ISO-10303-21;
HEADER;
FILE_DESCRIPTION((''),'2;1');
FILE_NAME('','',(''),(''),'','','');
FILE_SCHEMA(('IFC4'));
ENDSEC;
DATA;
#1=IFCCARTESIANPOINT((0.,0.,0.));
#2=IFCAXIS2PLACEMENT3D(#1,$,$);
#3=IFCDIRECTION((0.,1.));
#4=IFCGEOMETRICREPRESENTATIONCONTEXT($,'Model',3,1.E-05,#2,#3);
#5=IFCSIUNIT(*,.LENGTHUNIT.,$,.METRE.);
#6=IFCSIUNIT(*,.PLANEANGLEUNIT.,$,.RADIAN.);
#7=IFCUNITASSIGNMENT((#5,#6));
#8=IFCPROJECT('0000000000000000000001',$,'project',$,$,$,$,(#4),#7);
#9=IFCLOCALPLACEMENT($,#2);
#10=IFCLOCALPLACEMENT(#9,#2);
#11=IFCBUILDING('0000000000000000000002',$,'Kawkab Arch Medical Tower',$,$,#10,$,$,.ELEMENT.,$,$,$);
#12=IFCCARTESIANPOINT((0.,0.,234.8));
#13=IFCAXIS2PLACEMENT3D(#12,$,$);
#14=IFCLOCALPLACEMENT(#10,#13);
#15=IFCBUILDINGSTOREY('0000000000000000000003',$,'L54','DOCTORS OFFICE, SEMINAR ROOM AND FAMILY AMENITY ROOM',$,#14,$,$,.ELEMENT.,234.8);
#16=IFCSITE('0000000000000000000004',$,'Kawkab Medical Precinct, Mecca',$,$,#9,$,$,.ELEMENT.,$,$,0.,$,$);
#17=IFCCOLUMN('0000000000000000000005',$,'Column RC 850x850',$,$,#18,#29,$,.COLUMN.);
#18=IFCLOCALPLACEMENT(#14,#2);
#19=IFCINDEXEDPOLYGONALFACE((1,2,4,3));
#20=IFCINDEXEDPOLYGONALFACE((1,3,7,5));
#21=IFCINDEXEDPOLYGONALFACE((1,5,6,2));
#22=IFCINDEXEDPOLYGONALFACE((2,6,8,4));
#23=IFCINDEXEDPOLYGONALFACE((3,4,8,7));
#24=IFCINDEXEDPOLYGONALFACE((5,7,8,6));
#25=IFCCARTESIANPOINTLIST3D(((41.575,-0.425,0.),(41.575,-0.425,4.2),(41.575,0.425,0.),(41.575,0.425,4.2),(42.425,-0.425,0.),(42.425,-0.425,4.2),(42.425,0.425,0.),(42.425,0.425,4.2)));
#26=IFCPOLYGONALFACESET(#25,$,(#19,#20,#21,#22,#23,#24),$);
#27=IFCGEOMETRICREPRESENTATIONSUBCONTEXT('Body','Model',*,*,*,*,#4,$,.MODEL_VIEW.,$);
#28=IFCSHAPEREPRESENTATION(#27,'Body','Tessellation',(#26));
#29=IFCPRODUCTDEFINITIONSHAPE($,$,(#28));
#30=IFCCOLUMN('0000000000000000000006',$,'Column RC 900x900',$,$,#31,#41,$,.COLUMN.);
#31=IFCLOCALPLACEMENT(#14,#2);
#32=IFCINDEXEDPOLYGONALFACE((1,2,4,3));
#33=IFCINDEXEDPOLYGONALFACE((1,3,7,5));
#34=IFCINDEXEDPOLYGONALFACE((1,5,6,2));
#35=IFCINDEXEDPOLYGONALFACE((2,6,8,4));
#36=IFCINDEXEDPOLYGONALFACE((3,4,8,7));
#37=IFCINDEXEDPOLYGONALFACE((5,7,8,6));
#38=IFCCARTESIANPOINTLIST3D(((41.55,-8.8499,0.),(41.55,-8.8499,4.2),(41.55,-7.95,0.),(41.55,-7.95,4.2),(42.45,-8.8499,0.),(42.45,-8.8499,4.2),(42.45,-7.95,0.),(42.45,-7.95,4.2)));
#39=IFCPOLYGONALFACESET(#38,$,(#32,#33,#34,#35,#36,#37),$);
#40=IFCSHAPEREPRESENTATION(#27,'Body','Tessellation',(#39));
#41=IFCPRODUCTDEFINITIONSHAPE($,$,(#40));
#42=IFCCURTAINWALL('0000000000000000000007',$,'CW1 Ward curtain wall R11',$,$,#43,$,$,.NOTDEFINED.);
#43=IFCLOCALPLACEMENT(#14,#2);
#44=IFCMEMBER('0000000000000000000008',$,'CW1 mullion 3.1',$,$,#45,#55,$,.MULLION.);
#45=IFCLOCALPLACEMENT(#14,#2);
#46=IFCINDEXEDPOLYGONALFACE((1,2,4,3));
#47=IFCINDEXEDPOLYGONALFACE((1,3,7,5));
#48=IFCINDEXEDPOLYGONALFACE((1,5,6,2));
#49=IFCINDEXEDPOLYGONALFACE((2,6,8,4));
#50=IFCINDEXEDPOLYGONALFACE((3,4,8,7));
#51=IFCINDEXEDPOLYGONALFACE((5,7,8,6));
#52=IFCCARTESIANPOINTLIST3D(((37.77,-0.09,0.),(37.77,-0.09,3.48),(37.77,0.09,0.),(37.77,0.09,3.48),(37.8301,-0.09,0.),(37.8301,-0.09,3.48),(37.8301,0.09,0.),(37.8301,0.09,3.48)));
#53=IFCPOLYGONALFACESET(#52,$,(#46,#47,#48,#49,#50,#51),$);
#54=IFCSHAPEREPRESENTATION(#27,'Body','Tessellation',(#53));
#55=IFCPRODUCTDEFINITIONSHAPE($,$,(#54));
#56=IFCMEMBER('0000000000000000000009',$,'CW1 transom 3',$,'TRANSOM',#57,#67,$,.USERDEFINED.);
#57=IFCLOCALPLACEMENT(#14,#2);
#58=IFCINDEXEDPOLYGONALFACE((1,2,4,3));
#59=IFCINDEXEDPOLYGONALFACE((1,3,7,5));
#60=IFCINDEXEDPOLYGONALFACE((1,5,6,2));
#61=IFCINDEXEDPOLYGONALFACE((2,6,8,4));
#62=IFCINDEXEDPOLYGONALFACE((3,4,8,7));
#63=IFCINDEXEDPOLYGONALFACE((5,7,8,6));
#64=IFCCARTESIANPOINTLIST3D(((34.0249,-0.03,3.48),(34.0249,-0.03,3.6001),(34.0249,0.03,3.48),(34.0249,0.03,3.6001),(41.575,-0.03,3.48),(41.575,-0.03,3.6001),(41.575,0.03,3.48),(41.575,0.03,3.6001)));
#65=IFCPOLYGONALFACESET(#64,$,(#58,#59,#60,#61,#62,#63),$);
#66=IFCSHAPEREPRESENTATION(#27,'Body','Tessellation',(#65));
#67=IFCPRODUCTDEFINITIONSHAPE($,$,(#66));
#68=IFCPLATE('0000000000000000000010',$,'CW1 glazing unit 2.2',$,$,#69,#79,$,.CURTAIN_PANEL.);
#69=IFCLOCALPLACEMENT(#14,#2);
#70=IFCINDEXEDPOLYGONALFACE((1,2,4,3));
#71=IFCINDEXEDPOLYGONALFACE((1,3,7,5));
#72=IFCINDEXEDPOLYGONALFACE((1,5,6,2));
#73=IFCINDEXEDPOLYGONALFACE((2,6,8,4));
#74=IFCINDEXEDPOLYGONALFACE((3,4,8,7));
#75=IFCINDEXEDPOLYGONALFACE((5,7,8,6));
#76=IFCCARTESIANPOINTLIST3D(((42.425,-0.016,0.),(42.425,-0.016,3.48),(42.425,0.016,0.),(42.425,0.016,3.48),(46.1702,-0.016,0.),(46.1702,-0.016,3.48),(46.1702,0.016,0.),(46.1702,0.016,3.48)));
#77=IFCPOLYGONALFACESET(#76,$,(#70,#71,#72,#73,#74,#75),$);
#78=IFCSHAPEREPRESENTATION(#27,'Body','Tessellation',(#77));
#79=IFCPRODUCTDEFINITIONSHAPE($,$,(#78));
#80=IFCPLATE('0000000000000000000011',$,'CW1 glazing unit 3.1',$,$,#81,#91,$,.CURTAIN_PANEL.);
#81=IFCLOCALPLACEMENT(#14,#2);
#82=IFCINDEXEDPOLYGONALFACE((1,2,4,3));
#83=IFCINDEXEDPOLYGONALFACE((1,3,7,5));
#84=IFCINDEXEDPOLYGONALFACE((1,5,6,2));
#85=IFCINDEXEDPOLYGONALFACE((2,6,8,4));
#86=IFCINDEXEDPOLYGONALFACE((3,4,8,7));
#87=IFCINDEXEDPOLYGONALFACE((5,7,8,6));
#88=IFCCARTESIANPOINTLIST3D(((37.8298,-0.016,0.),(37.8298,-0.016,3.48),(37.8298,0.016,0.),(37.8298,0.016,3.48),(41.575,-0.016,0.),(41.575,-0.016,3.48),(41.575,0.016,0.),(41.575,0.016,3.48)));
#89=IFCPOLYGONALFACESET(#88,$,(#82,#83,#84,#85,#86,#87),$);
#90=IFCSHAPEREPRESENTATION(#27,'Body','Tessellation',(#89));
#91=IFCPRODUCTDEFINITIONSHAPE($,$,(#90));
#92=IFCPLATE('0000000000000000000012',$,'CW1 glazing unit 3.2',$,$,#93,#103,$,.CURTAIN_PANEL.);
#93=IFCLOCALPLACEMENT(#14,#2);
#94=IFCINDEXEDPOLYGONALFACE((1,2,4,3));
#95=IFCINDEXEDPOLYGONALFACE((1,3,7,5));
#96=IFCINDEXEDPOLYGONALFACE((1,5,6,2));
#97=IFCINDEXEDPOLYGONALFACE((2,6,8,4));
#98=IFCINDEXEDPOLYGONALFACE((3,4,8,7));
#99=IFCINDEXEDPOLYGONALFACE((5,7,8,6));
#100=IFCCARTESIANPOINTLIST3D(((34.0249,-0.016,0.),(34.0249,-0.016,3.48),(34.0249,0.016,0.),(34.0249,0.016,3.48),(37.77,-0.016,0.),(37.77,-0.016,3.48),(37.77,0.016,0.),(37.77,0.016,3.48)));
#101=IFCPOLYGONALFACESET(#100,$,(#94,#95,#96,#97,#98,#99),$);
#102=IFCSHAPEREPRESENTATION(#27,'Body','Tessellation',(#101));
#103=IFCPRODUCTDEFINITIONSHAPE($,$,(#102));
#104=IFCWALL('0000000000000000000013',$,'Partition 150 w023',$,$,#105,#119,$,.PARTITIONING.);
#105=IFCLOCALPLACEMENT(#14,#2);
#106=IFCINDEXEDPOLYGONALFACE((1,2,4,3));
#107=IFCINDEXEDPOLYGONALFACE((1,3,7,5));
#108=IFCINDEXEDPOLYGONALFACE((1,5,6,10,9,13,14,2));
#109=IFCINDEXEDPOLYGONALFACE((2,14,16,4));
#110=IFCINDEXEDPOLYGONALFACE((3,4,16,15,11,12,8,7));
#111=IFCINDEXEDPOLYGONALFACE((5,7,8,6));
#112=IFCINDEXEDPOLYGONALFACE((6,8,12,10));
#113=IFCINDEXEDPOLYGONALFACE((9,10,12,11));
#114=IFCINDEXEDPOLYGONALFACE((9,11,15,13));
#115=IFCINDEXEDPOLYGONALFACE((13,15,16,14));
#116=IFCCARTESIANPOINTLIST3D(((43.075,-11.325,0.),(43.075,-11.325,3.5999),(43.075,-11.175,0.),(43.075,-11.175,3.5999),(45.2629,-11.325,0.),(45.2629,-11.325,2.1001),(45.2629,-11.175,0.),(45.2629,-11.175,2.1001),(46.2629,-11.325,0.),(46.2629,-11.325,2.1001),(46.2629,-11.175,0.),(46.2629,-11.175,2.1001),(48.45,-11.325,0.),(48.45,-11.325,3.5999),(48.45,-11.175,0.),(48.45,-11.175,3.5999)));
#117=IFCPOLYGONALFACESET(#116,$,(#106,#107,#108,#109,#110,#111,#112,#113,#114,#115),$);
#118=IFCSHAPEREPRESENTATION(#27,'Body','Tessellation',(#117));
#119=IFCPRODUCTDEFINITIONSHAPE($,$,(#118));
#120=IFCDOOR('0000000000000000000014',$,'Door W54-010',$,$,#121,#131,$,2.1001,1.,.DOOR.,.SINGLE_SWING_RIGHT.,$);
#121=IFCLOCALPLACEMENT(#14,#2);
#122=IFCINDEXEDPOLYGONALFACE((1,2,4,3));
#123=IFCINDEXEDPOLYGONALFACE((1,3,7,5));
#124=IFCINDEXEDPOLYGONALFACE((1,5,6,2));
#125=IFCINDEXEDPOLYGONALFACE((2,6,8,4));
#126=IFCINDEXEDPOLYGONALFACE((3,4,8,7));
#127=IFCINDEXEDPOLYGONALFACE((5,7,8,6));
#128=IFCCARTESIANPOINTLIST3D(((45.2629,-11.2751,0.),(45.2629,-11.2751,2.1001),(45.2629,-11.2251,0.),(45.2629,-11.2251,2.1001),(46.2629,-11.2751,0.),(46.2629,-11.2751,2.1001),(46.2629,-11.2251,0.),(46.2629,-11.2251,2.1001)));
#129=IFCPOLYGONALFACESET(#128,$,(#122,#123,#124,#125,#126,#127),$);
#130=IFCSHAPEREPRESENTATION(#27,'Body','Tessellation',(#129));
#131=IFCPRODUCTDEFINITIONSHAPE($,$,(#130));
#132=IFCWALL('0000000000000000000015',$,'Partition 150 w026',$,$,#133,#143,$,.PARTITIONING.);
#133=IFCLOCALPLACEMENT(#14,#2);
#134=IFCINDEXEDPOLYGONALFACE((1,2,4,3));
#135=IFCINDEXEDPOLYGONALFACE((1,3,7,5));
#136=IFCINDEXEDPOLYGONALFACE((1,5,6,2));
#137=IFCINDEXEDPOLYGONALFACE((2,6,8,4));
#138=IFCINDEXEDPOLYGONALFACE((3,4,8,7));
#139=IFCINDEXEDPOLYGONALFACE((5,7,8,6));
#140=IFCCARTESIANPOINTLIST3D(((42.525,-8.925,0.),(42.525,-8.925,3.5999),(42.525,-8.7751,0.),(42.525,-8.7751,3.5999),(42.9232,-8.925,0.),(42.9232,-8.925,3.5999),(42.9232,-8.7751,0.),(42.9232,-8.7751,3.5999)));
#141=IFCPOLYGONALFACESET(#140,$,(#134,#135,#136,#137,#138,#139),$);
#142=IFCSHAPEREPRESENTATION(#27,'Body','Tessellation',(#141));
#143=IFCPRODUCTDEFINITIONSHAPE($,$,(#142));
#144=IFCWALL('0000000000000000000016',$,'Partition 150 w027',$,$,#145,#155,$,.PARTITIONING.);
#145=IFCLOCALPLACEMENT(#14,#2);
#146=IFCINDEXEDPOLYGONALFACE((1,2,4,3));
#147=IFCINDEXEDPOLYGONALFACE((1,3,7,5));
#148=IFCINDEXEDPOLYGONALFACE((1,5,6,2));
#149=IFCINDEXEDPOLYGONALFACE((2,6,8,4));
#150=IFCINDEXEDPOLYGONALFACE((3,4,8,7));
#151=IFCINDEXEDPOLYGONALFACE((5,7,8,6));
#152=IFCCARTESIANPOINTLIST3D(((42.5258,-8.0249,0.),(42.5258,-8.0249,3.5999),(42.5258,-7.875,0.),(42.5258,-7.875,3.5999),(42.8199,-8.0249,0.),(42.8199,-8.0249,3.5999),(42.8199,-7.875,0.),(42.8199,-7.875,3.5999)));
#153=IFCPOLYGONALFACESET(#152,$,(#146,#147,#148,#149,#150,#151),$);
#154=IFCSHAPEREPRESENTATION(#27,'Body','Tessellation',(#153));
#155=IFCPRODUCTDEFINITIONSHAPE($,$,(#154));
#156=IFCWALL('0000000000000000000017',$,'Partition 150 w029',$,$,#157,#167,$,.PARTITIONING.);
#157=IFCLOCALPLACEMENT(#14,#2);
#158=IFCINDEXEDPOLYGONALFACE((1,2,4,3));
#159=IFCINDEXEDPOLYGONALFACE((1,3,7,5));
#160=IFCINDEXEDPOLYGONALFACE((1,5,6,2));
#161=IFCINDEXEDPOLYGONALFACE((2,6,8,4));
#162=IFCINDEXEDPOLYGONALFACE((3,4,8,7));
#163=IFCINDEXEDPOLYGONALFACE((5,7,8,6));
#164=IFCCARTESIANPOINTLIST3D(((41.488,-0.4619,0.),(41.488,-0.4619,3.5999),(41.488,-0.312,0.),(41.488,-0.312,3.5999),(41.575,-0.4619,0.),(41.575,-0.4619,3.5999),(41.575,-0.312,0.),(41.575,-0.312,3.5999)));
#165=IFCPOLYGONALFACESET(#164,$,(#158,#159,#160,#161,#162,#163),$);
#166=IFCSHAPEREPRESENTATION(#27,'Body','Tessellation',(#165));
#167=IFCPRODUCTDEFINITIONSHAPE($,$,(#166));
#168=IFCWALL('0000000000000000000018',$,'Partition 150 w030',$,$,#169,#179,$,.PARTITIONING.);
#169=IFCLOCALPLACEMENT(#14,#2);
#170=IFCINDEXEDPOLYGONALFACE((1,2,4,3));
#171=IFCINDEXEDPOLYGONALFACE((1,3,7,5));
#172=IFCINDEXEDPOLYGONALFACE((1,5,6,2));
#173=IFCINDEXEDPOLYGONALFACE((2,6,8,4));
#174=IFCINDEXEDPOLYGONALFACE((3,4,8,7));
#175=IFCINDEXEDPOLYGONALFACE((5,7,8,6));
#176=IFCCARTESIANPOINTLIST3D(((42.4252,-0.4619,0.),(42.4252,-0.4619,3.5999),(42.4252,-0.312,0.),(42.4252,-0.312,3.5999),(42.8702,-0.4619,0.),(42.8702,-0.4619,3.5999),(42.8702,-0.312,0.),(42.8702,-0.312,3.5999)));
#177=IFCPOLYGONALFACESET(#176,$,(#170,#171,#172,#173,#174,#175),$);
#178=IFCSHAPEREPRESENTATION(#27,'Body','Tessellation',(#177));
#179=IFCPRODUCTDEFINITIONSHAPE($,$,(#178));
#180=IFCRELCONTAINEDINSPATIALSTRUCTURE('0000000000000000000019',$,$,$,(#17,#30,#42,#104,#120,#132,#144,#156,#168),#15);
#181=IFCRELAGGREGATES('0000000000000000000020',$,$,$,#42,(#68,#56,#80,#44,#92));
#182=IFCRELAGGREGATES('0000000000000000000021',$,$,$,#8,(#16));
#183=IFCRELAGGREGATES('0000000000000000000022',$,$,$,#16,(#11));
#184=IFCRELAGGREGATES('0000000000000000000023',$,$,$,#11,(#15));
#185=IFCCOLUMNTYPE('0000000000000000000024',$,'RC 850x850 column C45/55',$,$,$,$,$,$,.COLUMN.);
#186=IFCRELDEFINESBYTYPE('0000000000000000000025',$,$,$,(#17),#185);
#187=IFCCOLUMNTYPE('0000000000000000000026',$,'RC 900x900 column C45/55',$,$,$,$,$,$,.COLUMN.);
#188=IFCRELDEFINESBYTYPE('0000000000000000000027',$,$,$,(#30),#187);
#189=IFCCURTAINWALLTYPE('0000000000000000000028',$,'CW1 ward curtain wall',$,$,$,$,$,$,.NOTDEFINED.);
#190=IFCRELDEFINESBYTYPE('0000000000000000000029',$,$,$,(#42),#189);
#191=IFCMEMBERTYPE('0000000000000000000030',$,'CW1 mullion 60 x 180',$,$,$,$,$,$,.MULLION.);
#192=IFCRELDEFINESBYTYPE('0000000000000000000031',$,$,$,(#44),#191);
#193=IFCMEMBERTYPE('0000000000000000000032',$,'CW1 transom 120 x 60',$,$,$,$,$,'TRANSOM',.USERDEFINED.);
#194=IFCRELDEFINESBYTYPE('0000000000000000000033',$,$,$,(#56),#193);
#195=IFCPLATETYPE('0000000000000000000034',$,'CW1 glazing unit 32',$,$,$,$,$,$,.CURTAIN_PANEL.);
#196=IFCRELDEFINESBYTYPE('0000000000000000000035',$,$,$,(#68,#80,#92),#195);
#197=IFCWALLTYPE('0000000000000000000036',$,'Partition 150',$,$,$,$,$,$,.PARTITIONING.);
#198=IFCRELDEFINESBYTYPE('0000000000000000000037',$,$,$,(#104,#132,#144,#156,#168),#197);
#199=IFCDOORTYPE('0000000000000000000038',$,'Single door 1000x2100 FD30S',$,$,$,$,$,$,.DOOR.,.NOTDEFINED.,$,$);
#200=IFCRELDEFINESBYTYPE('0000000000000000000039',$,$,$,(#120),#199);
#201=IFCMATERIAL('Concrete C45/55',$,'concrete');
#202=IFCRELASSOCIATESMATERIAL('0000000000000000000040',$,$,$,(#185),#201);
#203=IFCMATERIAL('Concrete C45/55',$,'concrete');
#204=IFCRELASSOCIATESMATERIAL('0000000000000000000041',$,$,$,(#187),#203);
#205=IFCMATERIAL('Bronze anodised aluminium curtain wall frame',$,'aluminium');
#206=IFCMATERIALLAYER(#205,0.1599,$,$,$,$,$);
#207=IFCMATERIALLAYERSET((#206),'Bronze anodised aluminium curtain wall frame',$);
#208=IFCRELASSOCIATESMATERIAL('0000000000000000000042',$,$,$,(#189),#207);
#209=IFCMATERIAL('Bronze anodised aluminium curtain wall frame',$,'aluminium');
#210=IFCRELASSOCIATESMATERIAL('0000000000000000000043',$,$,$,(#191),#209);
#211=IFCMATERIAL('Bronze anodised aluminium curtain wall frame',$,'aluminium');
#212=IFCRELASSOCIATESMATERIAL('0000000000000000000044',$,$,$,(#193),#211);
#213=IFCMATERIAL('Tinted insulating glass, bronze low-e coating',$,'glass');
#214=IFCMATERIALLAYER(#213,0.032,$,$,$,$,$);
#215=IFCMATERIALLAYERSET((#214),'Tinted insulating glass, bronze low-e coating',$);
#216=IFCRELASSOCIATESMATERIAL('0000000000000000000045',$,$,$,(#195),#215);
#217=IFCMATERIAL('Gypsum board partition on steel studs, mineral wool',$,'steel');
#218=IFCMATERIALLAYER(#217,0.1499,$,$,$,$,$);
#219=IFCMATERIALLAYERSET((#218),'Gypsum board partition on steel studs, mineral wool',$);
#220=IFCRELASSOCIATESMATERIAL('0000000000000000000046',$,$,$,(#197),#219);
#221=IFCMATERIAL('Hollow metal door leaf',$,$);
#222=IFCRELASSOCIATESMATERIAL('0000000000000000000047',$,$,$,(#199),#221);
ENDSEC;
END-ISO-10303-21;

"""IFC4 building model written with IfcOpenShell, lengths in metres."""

from ifc_helpers import new_model, si_unit, direction, frame, frame_2d, origin, origin_2d, place, context, subcontext, project, spatial, rectangle, extrude, material, layer, layer_set, material_profile, profile_set, type_object, element, fill, aggregate, save


model = new_model("IFC4")

# Units and contexts
model_context = context("Model", 3, precision=1e-05, world=origin(), true_north=direction((0.0, 1.0)))
body_context = subcontext(model_context, "Body", "Model", "MODEL_VIEW")
ifc_project = project(units=[si_unit("LENGTHUNIT", "METRE"), si_unit("PLANEANGLEUNIT", "RADIAN")], contexts=[model_context])

# Site, building, storey
site_placement = place(None, origin())
site = spatial("IfcSite", under=ifc_project, at=site_placement, Name="Kawkab Medical Precinct, Mecca", CompositionType="ELEMENT", RefElevation=0.0)
building_placement = place(site_placement, origin())
building = spatial("IfcBuilding", under=site, at=building_placement, Name="Kawkab Arch Medical Tower", CompositionType="ELEMENT")
storey_placement = place(building_placement, frame((0.0, 0.0, 234.8)))
storey = spatial("IfcBuildingStorey", under=building, at=storey_placement, Name="L54", Description="DOCTORS OFFICE, SEMINAR ROOM AND FAMILY AMENITY ROOM", CompositionType="ELEMENT", Elevation=234.8)

# Columns
ifc_material_1 = material(Name="Concrete C45/55", Category="concrete")
ifc_material_profile_1 = material_profile(ifc_material_1, rectangle(XDim=0.8501, YDim=0.8501, at=origin_2d()), Name="RC 850x850")
ifc_profile_set_1 = profile_set([ifc_material_profile_1], Name="Concrete C45/55")
column_type_1 = type_object("IfcColumnType", Name="RC 850x850 column C45/55", PredefinedType="COLUMN", material=ifc_profile_set_1)
column_1_placement = place(storey_placement, frame((42.0, 0.0, 0.0), z_axis=(0.0, 0.0, 1.0), x_axis=(1.0, 0.0, 0.0)))
element("IfcColumn", 1, at=column_1_placement, inside=storey, type_object=column_type_1, Name="Column RC 850x850", PredefinedType="COLUMN", context=body_context, shape_type="SweptSolid", body=[
    extrude(rectangle(XDim=0.8501, YDim=0.8501, at=origin_2d()), origin(), (0.0, 0.0, 1.0), 4.2),
])
ifc_material_2 = material(Name="Concrete C45/55", Category="concrete")
ifc_material_profile_2 = material_profile(ifc_material_2, rectangle(XDim=0.8999, YDim=0.8999, at=origin_2d()), Name="RC 900x900")
ifc_profile_set_2 = profile_set([ifc_material_profile_2], Name="Concrete C45/55")
column_type_2 = type_object("IfcColumnType", Name="RC 900x900 column C45/55", PredefinedType="COLUMN", material=ifc_profile_set_2)
column_2_placement = place(storey_placement, frame((42.0, -8.3999, 0.0), z_axis=(0.0, 0.0, 1.0), x_axis=(1.0, 0.0, 0.0)))
element("IfcColumn", 2, at=column_2_placement, inside=storey, type_object=column_type_2, Name="Column RC 900x900", PredefinedType="COLUMN", context=body_context, shape_type="SweptSolid", body=[
    extrude(rectangle(XDim=0.8999, YDim=0.8999, at=origin_2d()), origin(), (0.0, 0.0, 1.0), 4.2),
])

# Curtain wall, members, plates
ifc_material_3 = material(Name="Bronze anodised aluminium curtain wall frame", Category="aluminium")
ifc_layer_1 = layer(ifc_material_3, 0.1599)
ifc_layer_set_1 = layer_set([ifc_layer_1], Name="Bronze anodised aluminium curtain wall frame")
curtain_wall_type = type_object("IfcCurtainWallType", Name="CW1 ward curtain wall", PredefinedType="NOTDEFINED", material=ifc_layer_set_1)
placement = place(storey_placement, origin())
curtain_wall = element("IfcCurtainWall", 3, at=placement, inside=storey, type_object=curtain_wall_type, Name="CW1 Ward curtain wall R11", PredefinedType="NOTDEFINED")
ifc_material_4 = material(Name="Bronze anodised aluminium curtain wall frame", Category="aluminium")
ifc_material_profile_3 = material_profile(ifc_material_4, rectangle(XDim=0.1799, YDim=0.0601, at=origin_2d()), Name="AL 60x180")
ifc_profile_set_3 = profile_set([ifc_material_profile_3], Name="Bronze anodised aluminium curtain wall frame")
member_type_1 = type_object("IfcMemberType", Name="CW1 mullion 60 x 180", PredefinedType="MULLION", material=ifc_profile_set_3)
member_1_placement = place(storey_placement, frame((37.8, 0.0, 0.0), z_axis=(0.0, 0.0, 1.0), x_axis=(0.0, -1.0, 0.0)))
member_1 = element("IfcMember", 4, at=member_1_placement, type_object=member_type_1, Name="CW1 mullion 3.1", PredefinedType="MULLION", context=body_context, shape_type="SweptSolid", body=[
    extrude(rectangle(XDim=0.1799, YDim=0.0601, at=origin_2d()), origin(), (0.0, 0.0, 1.0), 3.48),
])
ifc_material_5 = material(Name="Bronze anodised aluminium curtain wall frame", Category="aluminium")
ifc_material_profile_4 = material_profile(ifc_material_5, rectangle(XDim=0.0601, YDim=0.1201, at=origin_2d()), Name="AL 60x120")
ifc_profile_set_4 = profile_set([ifc_material_profile_4], Name="Bronze anodised aluminium curtain wall frame")
member_type_2 = type_object("IfcMemberType", Name="CW1 transom 120 x 60", ElementType="TRANSOM", PredefinedType="USERDEFINED", material=ifc_profile_set_4)
member_2_placement = place(storey_placement, frame((41.575, 0.0, 3.54), z_axis=(-1.0, 0.0, 0.0), x_axis=(0.0, -1.0, 0.0)))
member_2 = element("IfcMember", 5, at=member_2_placement, type_object=member_type_2, Name="CW1 transom 3", ObjectType="TRANSOM", PredefinedType="USERDEFINED", context=body_context, shape_type="SweptSolid", body=[
    extrude(rectangle(XDim=0.0601, YDim=0.1201, at=origin_2d()), origin(), (0.0, 0.0, 1.0), 7.55),
])
ifc_material_6 = material(Name="Tinted insulating glass, bronze low-e coating", Category="glass")
ifc_layer_2 = layer(ifc_material_6, 0.032)
ifc_layer_set_2 = layer_set([ifc_layer_2], Name="Tinted insulating glass, bronze low-e coating")
plate_type = type_object("IfcPlateType", Name="CW1 glazing unit 32", PredefinedType="CURTAIN_PANEL", material=ifc_layer_set_2)
plate_1_placement = place(storey_placement, frame((44.2976, 0.0, 0.0), z_axis=(0.0, 0.0, 1.0), x_axis=(-1.0, 0.0, 0.0)))
plate_1 = element("IfcPlate", 6, at=plate_1_placement, type_object=plate_type, Name="CW1 glazing unit 2.2", PredefinedType="CURTAIN_PANEL", context=body_context, shape_type="SweptSolid", body=[
    extrude(rectangle(XDim=3.7451, YDim=0.032, at=origin_2d()), origin(), (0.0, 0.0, 1.0), 3.48),
])
plate_2_placement = place(storey_placement, frame((39.7024, 0.0, 0.0), z_axis=(0.0, 0.0, 1.0), x_axis=(-1.0, 0.0, 0.0)))
plate_2 = element("IfcPlate", 7, at=plate_2_placement, type_object=plate_type, Name="CW1 glazing unit 3.1", PredefinedType="CURTAIN_PANEL", context=body_context, shape_type="SweptSolid", body=[
    extrude(rectangle(XDim=3.7451, YDim=0.032, at=origin_2d()), origin(), (0.0, 0.0, 1.0), 3.48),
])
plate_3_placement = place(storey_placement, frame((35.8975, 0.0, 0.0), z_axis=(0.0, 0.0, 1.0), x_axis=(-1.0, 0.0, 0.0)))
plate_3 = element("IfcPlate", 8, at=plate_3_placement, type_object=plate_type, Name="CW1 glazing unit 3.2", PredefinedType="CURTAIN_PANEL", context=body_context, shape_type="SweptSolid", body=[
    extrude(rectangle(XDim=3.7451, YDim=0.032, at=origin_2d()), origin(), (0.0, 0.0, 1.0), 3.48),
])
aggregate(curtain_wall, [plate_1, member_2, plate_2, member_1, plate_3])

# Wall, opening, door
ifc_material_7 = material(Name="Gypsum board partition on steel studs, mineral wool", Category="steel")
ifc_layer_3 = layer(ifc_material_7, 0.1499)
ifc_layer_set_3 = layer_set([ifc_layer_3], Name="Gypsum board partition on steel studs, mineral wool")
wall_type_1 = type_object("IfcWallType", Name="Partition 150", PredefinedType="PARTITIONING", material=ifc_layer_set_3)
wall_1_placement = place(storey_placement, frame((43.075, -11.25, 0.0), z_axis=(0.0, 0.0, 1.0), x_axis=(1.0, 0.0, 0.0)))
wall_1 = element("IfcWall", 9, at=wall_1_placement, inside=storey, type_object=wall_type_1, Name="Partition 150 w023", PredefinedType="PARTITIONING", context=body_context, shape_type="SweptSolid", body=[
    extrude(rectangle(XDim=5.375, YDim=0.1499, at=frame_2d((2.6875, 0.0))), origin(), (0.0, 0.0, 1.0), 3.5999),
])
opening_1_placement = place(wall_1_placement, frame((2.188, 0.0, 0.0)))
opening_1 = element("IfcOpeningElement", 10, at=opening_1_placement, cuts=wall_1, PredefinedType="OPENING", context=body_context, shape_type="SweptSolid", body=[
    extrude(rectangle(XDim=1.0, YDim=2.1001, at=frame_2d((0.5, 1.05))), frame((0.0, 0.085, 0.0), z_axis=(0.0, -1.0, 0.0), x_axis=(1.0, 0.0, 0.0)), (0.0, 0.0, 1.0), 0.1699),
])
ifc_material_8 = material(Name="Hollow metal door leaf")
door_type_1 = type_object("IfcDoorType", Name="Single door 1000x2100 FD30S", OperationType="NOTDEFINED", PredefinedType="DOOR", material=ifc_material_8)
door_1_placement = place(opening_1_placement, origin())
door_1 = element("IfcDoor", 11, at=door_1_placement, inside=storey, type_object=door_type_1, Name="Door W54-010", OperationType="SINGLE_SWING_RIGHT", OverallHeight=2.1001, OverallWidth=1.0, PredefinedType="DOOR", context=body_context, shape_type="SweptSolid", body=[
    extrude(rectangle(XDim=1.0, YDim=2.1001, at=frame_2d((0.5, 1.05))), frame((0.0, 0.0249, 0.0), z_axis=(0.0, -1.0, 0.0), x_axis=(1.0, 0.0, 0.0)), (0.0, 0.0, 1.0), 0.05),
])
fill(opening_1, door_1)

# Walls
wall_2_placement = place(storey_placement, frame((42.5249, -8.8501, 0.0), z_axis=(0.0, 0.0, 1.0), x_axis=(1.0, 0.0, 0.0)))
element("IfcWall", 12, at=wall_2_placement, inside=storey, type_object=wall_type_1, Name="Partition 150 w026", PredefinedType="PARTITIONING", context=body_context, shape_type="SweptSolid", body=[
    extrude(rectangle(XDim=0.3982, YDim=0.1499, at=frame_2d((0.1992, 0.0))), origin(), (0.0, 0.0, 1.0), 3.5999),
])
wall_3_placement = place(storey_placement, frame((42.5259, -7.95, 0.0), z_axis=(0.0, 0.0, 1.0), x_axis=(1.0, 0.0, 0.0)))
element("IfcWall", 13, at=wall_3_placement, inside=storey, type_object=wall_type_1, Name="Partition 150 w027", PredefinedType="PARTITIONING", context=body_context, shape_type="SweptSolid", body=[
    extrude(rectangle(XDim=0.2942, YDim=0.1499, at=frame_2d((0.147, 0.0))), origin(), (0.0, 0.0, 1.0), 3.5999),
])
wall_4_placement = place(storey_placement, frame((41.488, -0.387, 0.0), z_axis=(0.0, 0.0, 1.0), x_axis=(1.0, 0.0, 0.0)))
element("IfcWall", 14, at=wall_4_placement, inside=storey, type_object=wall_type_1, Name="Partition 150 w029", PredefinedType="PARTITIONING", context=body_context, shape_type="SweptSolid", body=[
    extrude(rectangle(XDim=0.0869, YDim=0.1499, at=frame_2d((0.0435, 0.0))), origin(), (0.0, 0.0, 1.0), 3.5999),
])
wall_5_placement = place(storey_placement, frame((42.425, -0.387, 0.0), z_axis=(0.0, 0.0, 1.0), x_axis=(1.0, 0.0, 0.0)))
element("IfcWall", 15, at=wall_5_placement, inside=storey, type_object=wall_type_1, Name="Partition 150 w030", PredefinedType="PARTITIONING", context=body_context, shape_type="SweptSolid", body=[
    extrude(rectangle(XDim=0.4451, YDim=0.1499, at=frame_2d((0.2227, 0.0))), origin(), (0.0, 0.0, 1.0), 3.5999),
])

save(model, "model.ifc")
